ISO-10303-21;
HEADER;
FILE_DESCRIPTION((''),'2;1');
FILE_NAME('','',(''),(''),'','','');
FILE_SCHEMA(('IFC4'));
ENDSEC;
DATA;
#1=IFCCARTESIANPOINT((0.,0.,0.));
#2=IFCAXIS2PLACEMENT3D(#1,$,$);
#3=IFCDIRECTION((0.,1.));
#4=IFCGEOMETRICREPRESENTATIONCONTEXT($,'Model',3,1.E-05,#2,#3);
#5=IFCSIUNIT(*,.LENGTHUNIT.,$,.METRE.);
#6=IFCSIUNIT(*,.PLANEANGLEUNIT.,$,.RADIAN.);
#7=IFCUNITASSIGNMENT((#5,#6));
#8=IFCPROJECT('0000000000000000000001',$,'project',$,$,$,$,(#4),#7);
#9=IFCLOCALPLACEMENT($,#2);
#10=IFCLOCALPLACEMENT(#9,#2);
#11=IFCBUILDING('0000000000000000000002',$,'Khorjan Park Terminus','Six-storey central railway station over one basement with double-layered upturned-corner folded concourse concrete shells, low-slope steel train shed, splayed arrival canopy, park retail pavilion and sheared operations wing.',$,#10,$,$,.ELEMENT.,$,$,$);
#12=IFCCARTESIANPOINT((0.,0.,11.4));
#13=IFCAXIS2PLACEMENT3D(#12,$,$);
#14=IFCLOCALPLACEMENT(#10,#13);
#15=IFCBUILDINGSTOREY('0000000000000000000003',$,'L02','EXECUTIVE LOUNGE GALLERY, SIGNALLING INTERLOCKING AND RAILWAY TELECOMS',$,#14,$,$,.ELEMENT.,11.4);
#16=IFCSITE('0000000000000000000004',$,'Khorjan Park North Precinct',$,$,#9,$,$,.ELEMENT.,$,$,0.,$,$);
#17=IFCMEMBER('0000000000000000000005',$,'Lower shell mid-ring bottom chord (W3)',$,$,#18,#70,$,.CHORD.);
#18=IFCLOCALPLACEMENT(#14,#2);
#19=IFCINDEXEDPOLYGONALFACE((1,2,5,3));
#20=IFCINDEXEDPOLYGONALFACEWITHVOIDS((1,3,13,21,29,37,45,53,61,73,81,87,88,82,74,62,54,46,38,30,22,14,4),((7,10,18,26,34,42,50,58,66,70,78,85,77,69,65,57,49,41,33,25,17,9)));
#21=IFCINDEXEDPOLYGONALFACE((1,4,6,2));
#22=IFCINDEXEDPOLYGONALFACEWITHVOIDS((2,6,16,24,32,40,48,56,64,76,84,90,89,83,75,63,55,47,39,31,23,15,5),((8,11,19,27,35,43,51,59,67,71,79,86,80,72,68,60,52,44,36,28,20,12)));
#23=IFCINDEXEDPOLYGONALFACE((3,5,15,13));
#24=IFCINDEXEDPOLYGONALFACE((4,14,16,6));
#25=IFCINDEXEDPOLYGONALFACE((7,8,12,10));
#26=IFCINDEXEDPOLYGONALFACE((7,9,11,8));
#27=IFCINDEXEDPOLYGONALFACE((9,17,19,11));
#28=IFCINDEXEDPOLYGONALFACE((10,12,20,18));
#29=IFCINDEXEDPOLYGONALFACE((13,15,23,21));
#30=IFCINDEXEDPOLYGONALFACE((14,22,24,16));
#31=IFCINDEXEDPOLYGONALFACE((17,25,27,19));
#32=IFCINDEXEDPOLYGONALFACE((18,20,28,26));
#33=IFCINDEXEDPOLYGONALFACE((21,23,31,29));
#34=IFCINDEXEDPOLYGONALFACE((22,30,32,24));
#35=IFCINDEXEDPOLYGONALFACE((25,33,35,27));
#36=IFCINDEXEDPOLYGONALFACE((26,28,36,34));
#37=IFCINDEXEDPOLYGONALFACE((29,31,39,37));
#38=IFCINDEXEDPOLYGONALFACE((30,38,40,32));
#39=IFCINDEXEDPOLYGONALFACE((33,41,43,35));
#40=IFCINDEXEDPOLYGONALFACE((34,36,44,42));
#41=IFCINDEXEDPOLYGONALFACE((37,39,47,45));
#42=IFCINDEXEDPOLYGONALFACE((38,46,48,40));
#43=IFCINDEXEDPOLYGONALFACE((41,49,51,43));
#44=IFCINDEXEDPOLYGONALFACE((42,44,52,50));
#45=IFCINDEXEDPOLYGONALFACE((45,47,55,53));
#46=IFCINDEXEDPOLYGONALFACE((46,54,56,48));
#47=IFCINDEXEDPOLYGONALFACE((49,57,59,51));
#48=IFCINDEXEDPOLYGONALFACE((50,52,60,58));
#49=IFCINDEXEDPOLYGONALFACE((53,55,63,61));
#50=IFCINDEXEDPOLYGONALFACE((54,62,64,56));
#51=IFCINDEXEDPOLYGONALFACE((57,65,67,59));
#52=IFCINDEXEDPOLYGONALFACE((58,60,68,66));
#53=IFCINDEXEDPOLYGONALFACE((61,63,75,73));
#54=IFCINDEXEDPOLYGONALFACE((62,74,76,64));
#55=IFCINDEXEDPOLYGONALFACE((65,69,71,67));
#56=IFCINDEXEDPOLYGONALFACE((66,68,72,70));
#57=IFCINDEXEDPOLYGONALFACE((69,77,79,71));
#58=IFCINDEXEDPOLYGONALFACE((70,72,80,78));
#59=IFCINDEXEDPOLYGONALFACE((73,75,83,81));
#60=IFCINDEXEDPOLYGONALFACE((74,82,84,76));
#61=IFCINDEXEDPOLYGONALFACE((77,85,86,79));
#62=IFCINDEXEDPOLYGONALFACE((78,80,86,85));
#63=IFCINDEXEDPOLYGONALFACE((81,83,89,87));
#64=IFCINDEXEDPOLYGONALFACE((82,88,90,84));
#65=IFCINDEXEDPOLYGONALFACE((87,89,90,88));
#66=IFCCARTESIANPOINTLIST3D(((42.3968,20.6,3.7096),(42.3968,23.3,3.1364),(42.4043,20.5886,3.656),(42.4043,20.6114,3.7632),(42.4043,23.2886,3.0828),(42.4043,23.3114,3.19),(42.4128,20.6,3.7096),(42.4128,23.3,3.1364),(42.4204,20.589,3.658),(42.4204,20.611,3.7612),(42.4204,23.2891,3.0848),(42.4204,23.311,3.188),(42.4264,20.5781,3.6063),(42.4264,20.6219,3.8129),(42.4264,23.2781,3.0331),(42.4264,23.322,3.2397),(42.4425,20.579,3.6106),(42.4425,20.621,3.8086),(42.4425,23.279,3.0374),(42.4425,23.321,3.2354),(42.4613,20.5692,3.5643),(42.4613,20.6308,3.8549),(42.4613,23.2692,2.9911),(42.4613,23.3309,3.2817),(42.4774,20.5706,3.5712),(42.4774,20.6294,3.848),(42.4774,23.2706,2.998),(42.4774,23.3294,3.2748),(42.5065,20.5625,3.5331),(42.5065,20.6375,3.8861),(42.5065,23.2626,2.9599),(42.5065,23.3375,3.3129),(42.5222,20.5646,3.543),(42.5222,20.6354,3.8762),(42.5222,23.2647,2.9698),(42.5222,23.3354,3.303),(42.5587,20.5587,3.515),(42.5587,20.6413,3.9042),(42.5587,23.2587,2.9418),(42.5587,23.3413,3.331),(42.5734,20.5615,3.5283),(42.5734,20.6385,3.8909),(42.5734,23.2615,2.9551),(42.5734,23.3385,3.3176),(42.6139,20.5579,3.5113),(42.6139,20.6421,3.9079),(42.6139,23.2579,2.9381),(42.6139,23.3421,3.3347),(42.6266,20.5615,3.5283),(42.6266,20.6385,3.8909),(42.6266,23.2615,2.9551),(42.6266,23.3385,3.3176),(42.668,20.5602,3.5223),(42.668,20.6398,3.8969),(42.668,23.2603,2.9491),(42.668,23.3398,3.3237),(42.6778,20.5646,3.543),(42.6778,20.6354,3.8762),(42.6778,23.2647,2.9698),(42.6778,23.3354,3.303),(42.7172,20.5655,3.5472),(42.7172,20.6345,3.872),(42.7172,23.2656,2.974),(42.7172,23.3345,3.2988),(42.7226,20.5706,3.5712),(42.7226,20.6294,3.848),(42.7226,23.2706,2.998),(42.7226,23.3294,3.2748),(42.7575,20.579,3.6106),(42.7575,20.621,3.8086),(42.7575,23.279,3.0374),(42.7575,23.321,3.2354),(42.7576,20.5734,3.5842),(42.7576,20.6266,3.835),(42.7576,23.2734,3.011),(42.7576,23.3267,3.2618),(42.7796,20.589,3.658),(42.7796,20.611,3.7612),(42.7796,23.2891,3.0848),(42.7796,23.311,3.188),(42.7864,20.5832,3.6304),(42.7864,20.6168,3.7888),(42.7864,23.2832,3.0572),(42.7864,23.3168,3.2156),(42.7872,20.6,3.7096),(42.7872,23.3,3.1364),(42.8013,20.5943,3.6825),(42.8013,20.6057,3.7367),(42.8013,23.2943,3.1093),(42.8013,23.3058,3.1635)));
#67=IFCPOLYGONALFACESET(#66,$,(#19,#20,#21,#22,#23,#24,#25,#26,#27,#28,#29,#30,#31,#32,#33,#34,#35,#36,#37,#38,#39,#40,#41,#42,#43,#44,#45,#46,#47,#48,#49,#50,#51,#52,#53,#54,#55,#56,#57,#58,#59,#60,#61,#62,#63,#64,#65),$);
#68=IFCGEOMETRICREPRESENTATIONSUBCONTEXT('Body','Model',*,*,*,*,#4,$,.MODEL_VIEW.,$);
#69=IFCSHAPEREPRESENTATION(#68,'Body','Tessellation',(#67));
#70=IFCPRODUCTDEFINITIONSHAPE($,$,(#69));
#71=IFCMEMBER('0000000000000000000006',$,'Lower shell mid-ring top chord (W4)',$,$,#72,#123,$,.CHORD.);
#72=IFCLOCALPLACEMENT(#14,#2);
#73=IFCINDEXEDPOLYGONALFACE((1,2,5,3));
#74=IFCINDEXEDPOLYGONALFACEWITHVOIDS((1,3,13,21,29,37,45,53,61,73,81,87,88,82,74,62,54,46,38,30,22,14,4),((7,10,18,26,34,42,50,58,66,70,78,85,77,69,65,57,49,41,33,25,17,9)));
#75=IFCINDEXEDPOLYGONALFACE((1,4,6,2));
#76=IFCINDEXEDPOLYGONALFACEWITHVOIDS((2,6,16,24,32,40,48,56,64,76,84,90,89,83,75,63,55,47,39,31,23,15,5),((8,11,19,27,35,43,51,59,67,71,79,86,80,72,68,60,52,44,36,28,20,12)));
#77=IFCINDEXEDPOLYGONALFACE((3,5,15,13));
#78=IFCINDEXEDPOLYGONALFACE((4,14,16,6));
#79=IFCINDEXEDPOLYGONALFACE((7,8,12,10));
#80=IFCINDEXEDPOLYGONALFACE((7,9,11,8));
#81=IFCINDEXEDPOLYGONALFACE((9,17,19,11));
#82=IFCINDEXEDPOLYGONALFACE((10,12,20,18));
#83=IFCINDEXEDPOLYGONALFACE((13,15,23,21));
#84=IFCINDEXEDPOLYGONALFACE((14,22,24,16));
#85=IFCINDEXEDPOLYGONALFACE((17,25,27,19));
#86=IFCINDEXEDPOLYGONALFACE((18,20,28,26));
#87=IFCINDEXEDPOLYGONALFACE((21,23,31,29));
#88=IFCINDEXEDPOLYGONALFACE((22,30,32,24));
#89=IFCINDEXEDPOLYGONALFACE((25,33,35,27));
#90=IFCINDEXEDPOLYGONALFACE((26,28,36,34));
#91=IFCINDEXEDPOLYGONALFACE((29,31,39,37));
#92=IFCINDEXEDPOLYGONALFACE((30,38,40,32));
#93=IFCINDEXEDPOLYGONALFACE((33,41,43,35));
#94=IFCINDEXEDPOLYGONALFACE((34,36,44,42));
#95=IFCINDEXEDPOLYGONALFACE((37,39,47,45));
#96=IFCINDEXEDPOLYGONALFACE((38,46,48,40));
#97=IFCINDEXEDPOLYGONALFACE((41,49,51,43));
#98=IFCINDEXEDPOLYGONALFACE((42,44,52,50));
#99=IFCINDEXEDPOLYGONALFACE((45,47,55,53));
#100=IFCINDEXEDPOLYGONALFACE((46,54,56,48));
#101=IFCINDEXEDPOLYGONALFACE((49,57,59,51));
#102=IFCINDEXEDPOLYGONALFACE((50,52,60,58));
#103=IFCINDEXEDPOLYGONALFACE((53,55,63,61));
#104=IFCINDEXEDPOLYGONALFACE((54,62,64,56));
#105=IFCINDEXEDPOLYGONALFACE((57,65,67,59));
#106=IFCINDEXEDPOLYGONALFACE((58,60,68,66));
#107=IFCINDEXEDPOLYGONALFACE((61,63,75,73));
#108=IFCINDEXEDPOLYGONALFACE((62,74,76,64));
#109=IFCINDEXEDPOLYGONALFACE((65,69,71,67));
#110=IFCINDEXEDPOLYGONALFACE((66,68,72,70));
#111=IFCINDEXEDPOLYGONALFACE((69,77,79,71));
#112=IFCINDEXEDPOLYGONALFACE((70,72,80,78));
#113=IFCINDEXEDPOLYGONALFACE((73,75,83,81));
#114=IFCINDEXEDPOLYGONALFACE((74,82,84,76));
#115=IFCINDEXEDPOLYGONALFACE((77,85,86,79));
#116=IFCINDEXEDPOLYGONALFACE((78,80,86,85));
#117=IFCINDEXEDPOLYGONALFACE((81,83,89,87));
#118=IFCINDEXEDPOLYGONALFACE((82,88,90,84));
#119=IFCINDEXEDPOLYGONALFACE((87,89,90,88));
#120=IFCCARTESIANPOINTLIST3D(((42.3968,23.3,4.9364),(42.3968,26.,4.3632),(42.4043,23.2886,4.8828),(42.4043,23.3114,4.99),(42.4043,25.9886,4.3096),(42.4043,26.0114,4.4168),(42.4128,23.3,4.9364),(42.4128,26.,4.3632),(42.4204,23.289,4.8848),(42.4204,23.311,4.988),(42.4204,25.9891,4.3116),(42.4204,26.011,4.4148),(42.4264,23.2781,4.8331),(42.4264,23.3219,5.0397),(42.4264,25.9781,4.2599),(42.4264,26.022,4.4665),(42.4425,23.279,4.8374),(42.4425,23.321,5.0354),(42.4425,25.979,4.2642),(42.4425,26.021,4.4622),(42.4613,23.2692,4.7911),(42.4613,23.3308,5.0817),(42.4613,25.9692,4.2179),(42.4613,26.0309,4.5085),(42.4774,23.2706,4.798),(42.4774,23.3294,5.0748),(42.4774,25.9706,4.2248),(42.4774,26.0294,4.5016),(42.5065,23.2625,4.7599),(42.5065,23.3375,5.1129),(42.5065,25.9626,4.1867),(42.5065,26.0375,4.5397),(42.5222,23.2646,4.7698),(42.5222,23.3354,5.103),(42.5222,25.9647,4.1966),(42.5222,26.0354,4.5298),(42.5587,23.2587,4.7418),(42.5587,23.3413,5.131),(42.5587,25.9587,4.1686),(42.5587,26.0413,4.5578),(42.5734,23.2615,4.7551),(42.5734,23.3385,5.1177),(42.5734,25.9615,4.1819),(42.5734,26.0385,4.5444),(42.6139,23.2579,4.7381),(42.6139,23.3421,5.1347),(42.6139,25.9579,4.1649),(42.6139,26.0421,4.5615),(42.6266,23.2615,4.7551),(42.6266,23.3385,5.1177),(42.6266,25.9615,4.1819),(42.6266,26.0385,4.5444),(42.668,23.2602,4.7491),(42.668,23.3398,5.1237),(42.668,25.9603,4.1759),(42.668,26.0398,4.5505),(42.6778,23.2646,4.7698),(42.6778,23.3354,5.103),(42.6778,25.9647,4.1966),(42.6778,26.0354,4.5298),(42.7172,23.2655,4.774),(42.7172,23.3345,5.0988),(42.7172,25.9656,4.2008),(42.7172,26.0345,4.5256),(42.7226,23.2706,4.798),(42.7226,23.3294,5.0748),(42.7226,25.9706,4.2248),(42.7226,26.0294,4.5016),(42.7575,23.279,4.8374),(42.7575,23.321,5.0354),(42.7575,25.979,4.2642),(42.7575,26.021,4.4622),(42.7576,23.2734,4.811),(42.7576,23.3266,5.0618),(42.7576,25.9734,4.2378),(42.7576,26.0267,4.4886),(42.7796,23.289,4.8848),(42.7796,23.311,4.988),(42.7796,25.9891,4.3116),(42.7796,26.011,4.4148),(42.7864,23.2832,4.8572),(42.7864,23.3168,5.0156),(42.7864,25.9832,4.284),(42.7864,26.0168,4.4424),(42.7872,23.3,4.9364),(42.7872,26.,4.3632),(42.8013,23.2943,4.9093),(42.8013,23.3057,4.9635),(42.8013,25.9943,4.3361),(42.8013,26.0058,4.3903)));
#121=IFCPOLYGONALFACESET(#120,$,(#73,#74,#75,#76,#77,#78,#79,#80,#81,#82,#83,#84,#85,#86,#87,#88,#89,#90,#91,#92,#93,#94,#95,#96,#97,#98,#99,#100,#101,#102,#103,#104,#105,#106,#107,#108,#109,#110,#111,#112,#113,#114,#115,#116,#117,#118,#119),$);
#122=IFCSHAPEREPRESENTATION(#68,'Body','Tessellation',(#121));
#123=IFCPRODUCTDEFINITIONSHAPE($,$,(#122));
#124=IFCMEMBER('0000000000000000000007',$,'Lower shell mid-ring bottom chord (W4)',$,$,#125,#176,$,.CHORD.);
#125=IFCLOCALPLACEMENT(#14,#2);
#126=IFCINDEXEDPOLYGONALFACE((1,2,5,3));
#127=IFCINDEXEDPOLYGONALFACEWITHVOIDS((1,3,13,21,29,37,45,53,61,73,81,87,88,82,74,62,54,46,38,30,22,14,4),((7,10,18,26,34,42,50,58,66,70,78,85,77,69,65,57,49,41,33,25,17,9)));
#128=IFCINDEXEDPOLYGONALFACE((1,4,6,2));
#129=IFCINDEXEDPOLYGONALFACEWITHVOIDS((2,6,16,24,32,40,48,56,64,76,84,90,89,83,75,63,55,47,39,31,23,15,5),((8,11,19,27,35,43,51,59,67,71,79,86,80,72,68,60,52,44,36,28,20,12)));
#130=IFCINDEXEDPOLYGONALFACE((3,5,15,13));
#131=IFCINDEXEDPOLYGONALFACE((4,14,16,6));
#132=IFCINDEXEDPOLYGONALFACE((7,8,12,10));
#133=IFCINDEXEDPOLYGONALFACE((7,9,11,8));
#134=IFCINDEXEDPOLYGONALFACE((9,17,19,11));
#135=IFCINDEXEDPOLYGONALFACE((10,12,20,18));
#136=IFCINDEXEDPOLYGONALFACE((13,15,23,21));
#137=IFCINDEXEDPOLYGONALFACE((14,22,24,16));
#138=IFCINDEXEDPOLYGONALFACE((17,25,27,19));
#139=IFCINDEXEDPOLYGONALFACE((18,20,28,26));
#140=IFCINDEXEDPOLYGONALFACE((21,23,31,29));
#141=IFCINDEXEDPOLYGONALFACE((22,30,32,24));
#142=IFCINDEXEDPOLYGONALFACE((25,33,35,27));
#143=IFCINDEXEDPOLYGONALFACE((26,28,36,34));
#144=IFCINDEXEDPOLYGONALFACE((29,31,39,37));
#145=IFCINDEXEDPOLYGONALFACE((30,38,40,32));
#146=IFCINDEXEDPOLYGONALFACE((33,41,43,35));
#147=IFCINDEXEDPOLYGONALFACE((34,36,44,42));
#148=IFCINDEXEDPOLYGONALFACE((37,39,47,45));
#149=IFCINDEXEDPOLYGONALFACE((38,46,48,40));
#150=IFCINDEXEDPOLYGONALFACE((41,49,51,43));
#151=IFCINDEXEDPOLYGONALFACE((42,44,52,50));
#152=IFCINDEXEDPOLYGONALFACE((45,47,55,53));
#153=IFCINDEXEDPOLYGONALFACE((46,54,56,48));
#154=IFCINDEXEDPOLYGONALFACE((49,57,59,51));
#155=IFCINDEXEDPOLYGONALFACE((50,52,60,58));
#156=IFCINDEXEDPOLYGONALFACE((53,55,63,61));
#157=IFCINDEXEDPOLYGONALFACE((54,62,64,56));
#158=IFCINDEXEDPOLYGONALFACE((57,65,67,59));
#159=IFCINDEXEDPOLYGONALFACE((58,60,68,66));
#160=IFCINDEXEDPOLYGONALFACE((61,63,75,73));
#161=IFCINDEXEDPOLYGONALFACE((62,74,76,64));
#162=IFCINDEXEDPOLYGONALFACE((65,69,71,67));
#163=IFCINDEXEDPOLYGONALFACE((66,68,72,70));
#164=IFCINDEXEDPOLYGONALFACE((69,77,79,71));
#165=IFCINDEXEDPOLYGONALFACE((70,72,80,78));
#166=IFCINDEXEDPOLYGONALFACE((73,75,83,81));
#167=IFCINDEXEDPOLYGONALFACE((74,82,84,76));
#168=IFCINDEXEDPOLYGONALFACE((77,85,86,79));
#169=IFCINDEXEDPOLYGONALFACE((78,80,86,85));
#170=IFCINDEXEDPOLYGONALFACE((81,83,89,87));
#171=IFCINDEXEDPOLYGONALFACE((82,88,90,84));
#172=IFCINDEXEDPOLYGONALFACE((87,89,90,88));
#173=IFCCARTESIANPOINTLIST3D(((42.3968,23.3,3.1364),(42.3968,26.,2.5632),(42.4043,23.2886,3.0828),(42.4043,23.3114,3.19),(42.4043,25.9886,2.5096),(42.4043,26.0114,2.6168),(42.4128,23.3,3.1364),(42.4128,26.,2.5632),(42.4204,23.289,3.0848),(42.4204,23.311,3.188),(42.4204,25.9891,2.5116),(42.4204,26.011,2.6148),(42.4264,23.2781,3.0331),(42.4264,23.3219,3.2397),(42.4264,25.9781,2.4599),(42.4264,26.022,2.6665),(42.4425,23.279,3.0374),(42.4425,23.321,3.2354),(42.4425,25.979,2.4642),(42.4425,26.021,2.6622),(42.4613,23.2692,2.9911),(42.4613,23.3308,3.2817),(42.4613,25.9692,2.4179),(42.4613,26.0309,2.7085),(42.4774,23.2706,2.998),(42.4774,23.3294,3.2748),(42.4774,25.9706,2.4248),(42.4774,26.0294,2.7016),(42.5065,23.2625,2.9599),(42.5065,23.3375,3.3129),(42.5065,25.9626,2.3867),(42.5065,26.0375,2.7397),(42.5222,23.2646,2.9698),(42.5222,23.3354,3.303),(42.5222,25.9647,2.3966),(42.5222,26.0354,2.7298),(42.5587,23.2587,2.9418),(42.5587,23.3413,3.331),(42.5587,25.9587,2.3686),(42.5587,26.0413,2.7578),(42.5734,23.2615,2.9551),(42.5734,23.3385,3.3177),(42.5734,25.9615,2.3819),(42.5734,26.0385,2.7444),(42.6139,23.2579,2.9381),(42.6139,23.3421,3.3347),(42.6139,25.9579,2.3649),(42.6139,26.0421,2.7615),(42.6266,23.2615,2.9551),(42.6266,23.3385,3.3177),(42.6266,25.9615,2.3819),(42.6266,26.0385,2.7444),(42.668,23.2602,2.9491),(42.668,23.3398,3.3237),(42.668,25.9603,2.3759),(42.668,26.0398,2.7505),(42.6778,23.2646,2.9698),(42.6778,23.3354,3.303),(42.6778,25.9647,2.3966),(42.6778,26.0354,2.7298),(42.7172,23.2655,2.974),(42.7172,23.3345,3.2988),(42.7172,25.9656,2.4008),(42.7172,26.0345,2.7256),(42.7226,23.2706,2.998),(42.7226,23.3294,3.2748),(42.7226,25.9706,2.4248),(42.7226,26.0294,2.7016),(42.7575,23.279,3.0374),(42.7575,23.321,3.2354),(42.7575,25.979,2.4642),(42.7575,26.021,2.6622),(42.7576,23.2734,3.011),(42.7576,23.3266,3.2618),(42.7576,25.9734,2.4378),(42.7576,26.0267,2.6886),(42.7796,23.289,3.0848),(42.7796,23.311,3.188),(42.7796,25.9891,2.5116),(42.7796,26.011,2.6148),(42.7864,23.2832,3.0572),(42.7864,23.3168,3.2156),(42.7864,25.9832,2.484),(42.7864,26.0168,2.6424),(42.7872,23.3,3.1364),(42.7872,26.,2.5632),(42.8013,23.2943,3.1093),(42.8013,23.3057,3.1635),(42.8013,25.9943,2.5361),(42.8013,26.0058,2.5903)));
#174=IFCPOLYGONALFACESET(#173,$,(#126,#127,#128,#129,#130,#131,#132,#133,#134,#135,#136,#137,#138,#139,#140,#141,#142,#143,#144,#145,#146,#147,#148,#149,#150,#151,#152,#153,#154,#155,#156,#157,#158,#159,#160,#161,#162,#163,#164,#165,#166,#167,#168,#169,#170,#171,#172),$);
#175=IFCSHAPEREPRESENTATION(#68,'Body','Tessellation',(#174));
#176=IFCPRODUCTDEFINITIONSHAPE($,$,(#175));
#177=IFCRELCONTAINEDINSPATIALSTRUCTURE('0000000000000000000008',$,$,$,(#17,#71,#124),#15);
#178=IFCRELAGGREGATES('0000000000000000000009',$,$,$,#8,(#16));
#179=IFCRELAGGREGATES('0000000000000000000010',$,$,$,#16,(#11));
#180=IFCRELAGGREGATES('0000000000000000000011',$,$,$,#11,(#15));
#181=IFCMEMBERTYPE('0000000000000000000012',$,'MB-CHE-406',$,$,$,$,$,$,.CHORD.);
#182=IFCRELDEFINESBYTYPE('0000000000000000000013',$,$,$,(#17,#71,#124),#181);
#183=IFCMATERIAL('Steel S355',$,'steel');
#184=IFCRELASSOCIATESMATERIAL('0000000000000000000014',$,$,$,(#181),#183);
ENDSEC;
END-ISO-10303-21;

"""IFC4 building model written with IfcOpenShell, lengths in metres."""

from ifc_helpers import new_model, si_unit, direction, frame, origin, origin_2d, place, context, subcontext, project, spatial, hollow_circle, extrude, material, material_profile, profile_set, type_object, element, save


model = new_model("IFC4")

# Units and contexts
model_context = context("Model", 3, precision=1e-05, world=origin(), true_north=direction((0.0, 1.0)))
body_context = subcontext(model_context, "Body", "Model", "MODEL_VIEW")
ifc_project = project(units=[si_unit("LENGTHUNIT", "METRE"), si_unit("PLANEANGLEUNIT", "RADIAN")], contexts=[model_context])

# Site, building, storey
site_placement = place(None, origin())
site = spatial("IfcSite", under=ifc_project, at=site_placement, Name="Khorjan Park North Precinct", CompositionType="ELEMENT", RefElevation=0.0)
building_placement = place(site_placement, origin())
building = spatial("IfcBuilding", under=site, at=building_placement, Name="Khorjan Park Terminus", Description="Six-storey central railway station over one basement with double-layered upturned-corner folded concourse concrete shells, low-slope steel train shed, splayed arrival canopy, park retail pavilion and sheared operations wing.", CompositionType="ELEMENT")
storey_placement = place(building_placement, frame((0.0, 0.0, 11.4)))
storey = spatial("IfcBuildingStorey", under=building, at=storey_placement, Name="L02", Description="EXECUTIVE LOUNGE GALLERY, SIGNALLING INTERLOCKING AND RAILWAY TELECOMS", CompositionType="ELEMENT", Elevation=11.4)

# Members
ifc_material_1 = material(Name="Steel S355", Category="steel")
ifc_material_profile_1 = material_profile(ifc_material_1, hollow_circle(Radius=0.2032, WallThickness=0.016, at=origin_2d()), Name="CHS 406.4x16")
ifc_profile_set_1 = profile_set([ifc_material_profile_1], Name="Steel S355")
member_type_1 = type_object("IfcMemberType", Name="MB-CHE-406", PredefinedType="CHORD", material=ifc_profile_set_1)
for number, where, z_axis, x_axis, name in (
    (1, (42.6, 20.6, 3.7096), (0.0, 0.978199, -0.207668), (-1.0, 0.0, 0.0), "Lower shell mid-ring bottom chord (W3)"),
    (2, (42.6, 23.3, 4.9364), (0.0, 0.978199, -0.207668), (-1.0, 0.0, 0.0), "Lower shell mid-ring top chord (W4)"),
    (3, (42.6, 23.3, 3.1364), (0.0, 0.978199, -0.207668), (-1.0, 0.0, 0.0), "Lower shell mid-ring bottom chord (W4)"),
):
    element("IfcMember", number, at=place(storey_placement, frame(where, z_axis=z_axis, x_axis=x_axis)), inside=storey, type_object=member_type_1, Name=name, PredefinedType="CHORD", context=body_context, shape_type="SweptSolid", body=[
        extrude(hollow_circle(Radius=0.2032, WallThickness=0.016, at=origin_2d()), origin(), (0.0, 0.0, 1.0), 2.7602),
    ])

save(model, "model.ifc")
